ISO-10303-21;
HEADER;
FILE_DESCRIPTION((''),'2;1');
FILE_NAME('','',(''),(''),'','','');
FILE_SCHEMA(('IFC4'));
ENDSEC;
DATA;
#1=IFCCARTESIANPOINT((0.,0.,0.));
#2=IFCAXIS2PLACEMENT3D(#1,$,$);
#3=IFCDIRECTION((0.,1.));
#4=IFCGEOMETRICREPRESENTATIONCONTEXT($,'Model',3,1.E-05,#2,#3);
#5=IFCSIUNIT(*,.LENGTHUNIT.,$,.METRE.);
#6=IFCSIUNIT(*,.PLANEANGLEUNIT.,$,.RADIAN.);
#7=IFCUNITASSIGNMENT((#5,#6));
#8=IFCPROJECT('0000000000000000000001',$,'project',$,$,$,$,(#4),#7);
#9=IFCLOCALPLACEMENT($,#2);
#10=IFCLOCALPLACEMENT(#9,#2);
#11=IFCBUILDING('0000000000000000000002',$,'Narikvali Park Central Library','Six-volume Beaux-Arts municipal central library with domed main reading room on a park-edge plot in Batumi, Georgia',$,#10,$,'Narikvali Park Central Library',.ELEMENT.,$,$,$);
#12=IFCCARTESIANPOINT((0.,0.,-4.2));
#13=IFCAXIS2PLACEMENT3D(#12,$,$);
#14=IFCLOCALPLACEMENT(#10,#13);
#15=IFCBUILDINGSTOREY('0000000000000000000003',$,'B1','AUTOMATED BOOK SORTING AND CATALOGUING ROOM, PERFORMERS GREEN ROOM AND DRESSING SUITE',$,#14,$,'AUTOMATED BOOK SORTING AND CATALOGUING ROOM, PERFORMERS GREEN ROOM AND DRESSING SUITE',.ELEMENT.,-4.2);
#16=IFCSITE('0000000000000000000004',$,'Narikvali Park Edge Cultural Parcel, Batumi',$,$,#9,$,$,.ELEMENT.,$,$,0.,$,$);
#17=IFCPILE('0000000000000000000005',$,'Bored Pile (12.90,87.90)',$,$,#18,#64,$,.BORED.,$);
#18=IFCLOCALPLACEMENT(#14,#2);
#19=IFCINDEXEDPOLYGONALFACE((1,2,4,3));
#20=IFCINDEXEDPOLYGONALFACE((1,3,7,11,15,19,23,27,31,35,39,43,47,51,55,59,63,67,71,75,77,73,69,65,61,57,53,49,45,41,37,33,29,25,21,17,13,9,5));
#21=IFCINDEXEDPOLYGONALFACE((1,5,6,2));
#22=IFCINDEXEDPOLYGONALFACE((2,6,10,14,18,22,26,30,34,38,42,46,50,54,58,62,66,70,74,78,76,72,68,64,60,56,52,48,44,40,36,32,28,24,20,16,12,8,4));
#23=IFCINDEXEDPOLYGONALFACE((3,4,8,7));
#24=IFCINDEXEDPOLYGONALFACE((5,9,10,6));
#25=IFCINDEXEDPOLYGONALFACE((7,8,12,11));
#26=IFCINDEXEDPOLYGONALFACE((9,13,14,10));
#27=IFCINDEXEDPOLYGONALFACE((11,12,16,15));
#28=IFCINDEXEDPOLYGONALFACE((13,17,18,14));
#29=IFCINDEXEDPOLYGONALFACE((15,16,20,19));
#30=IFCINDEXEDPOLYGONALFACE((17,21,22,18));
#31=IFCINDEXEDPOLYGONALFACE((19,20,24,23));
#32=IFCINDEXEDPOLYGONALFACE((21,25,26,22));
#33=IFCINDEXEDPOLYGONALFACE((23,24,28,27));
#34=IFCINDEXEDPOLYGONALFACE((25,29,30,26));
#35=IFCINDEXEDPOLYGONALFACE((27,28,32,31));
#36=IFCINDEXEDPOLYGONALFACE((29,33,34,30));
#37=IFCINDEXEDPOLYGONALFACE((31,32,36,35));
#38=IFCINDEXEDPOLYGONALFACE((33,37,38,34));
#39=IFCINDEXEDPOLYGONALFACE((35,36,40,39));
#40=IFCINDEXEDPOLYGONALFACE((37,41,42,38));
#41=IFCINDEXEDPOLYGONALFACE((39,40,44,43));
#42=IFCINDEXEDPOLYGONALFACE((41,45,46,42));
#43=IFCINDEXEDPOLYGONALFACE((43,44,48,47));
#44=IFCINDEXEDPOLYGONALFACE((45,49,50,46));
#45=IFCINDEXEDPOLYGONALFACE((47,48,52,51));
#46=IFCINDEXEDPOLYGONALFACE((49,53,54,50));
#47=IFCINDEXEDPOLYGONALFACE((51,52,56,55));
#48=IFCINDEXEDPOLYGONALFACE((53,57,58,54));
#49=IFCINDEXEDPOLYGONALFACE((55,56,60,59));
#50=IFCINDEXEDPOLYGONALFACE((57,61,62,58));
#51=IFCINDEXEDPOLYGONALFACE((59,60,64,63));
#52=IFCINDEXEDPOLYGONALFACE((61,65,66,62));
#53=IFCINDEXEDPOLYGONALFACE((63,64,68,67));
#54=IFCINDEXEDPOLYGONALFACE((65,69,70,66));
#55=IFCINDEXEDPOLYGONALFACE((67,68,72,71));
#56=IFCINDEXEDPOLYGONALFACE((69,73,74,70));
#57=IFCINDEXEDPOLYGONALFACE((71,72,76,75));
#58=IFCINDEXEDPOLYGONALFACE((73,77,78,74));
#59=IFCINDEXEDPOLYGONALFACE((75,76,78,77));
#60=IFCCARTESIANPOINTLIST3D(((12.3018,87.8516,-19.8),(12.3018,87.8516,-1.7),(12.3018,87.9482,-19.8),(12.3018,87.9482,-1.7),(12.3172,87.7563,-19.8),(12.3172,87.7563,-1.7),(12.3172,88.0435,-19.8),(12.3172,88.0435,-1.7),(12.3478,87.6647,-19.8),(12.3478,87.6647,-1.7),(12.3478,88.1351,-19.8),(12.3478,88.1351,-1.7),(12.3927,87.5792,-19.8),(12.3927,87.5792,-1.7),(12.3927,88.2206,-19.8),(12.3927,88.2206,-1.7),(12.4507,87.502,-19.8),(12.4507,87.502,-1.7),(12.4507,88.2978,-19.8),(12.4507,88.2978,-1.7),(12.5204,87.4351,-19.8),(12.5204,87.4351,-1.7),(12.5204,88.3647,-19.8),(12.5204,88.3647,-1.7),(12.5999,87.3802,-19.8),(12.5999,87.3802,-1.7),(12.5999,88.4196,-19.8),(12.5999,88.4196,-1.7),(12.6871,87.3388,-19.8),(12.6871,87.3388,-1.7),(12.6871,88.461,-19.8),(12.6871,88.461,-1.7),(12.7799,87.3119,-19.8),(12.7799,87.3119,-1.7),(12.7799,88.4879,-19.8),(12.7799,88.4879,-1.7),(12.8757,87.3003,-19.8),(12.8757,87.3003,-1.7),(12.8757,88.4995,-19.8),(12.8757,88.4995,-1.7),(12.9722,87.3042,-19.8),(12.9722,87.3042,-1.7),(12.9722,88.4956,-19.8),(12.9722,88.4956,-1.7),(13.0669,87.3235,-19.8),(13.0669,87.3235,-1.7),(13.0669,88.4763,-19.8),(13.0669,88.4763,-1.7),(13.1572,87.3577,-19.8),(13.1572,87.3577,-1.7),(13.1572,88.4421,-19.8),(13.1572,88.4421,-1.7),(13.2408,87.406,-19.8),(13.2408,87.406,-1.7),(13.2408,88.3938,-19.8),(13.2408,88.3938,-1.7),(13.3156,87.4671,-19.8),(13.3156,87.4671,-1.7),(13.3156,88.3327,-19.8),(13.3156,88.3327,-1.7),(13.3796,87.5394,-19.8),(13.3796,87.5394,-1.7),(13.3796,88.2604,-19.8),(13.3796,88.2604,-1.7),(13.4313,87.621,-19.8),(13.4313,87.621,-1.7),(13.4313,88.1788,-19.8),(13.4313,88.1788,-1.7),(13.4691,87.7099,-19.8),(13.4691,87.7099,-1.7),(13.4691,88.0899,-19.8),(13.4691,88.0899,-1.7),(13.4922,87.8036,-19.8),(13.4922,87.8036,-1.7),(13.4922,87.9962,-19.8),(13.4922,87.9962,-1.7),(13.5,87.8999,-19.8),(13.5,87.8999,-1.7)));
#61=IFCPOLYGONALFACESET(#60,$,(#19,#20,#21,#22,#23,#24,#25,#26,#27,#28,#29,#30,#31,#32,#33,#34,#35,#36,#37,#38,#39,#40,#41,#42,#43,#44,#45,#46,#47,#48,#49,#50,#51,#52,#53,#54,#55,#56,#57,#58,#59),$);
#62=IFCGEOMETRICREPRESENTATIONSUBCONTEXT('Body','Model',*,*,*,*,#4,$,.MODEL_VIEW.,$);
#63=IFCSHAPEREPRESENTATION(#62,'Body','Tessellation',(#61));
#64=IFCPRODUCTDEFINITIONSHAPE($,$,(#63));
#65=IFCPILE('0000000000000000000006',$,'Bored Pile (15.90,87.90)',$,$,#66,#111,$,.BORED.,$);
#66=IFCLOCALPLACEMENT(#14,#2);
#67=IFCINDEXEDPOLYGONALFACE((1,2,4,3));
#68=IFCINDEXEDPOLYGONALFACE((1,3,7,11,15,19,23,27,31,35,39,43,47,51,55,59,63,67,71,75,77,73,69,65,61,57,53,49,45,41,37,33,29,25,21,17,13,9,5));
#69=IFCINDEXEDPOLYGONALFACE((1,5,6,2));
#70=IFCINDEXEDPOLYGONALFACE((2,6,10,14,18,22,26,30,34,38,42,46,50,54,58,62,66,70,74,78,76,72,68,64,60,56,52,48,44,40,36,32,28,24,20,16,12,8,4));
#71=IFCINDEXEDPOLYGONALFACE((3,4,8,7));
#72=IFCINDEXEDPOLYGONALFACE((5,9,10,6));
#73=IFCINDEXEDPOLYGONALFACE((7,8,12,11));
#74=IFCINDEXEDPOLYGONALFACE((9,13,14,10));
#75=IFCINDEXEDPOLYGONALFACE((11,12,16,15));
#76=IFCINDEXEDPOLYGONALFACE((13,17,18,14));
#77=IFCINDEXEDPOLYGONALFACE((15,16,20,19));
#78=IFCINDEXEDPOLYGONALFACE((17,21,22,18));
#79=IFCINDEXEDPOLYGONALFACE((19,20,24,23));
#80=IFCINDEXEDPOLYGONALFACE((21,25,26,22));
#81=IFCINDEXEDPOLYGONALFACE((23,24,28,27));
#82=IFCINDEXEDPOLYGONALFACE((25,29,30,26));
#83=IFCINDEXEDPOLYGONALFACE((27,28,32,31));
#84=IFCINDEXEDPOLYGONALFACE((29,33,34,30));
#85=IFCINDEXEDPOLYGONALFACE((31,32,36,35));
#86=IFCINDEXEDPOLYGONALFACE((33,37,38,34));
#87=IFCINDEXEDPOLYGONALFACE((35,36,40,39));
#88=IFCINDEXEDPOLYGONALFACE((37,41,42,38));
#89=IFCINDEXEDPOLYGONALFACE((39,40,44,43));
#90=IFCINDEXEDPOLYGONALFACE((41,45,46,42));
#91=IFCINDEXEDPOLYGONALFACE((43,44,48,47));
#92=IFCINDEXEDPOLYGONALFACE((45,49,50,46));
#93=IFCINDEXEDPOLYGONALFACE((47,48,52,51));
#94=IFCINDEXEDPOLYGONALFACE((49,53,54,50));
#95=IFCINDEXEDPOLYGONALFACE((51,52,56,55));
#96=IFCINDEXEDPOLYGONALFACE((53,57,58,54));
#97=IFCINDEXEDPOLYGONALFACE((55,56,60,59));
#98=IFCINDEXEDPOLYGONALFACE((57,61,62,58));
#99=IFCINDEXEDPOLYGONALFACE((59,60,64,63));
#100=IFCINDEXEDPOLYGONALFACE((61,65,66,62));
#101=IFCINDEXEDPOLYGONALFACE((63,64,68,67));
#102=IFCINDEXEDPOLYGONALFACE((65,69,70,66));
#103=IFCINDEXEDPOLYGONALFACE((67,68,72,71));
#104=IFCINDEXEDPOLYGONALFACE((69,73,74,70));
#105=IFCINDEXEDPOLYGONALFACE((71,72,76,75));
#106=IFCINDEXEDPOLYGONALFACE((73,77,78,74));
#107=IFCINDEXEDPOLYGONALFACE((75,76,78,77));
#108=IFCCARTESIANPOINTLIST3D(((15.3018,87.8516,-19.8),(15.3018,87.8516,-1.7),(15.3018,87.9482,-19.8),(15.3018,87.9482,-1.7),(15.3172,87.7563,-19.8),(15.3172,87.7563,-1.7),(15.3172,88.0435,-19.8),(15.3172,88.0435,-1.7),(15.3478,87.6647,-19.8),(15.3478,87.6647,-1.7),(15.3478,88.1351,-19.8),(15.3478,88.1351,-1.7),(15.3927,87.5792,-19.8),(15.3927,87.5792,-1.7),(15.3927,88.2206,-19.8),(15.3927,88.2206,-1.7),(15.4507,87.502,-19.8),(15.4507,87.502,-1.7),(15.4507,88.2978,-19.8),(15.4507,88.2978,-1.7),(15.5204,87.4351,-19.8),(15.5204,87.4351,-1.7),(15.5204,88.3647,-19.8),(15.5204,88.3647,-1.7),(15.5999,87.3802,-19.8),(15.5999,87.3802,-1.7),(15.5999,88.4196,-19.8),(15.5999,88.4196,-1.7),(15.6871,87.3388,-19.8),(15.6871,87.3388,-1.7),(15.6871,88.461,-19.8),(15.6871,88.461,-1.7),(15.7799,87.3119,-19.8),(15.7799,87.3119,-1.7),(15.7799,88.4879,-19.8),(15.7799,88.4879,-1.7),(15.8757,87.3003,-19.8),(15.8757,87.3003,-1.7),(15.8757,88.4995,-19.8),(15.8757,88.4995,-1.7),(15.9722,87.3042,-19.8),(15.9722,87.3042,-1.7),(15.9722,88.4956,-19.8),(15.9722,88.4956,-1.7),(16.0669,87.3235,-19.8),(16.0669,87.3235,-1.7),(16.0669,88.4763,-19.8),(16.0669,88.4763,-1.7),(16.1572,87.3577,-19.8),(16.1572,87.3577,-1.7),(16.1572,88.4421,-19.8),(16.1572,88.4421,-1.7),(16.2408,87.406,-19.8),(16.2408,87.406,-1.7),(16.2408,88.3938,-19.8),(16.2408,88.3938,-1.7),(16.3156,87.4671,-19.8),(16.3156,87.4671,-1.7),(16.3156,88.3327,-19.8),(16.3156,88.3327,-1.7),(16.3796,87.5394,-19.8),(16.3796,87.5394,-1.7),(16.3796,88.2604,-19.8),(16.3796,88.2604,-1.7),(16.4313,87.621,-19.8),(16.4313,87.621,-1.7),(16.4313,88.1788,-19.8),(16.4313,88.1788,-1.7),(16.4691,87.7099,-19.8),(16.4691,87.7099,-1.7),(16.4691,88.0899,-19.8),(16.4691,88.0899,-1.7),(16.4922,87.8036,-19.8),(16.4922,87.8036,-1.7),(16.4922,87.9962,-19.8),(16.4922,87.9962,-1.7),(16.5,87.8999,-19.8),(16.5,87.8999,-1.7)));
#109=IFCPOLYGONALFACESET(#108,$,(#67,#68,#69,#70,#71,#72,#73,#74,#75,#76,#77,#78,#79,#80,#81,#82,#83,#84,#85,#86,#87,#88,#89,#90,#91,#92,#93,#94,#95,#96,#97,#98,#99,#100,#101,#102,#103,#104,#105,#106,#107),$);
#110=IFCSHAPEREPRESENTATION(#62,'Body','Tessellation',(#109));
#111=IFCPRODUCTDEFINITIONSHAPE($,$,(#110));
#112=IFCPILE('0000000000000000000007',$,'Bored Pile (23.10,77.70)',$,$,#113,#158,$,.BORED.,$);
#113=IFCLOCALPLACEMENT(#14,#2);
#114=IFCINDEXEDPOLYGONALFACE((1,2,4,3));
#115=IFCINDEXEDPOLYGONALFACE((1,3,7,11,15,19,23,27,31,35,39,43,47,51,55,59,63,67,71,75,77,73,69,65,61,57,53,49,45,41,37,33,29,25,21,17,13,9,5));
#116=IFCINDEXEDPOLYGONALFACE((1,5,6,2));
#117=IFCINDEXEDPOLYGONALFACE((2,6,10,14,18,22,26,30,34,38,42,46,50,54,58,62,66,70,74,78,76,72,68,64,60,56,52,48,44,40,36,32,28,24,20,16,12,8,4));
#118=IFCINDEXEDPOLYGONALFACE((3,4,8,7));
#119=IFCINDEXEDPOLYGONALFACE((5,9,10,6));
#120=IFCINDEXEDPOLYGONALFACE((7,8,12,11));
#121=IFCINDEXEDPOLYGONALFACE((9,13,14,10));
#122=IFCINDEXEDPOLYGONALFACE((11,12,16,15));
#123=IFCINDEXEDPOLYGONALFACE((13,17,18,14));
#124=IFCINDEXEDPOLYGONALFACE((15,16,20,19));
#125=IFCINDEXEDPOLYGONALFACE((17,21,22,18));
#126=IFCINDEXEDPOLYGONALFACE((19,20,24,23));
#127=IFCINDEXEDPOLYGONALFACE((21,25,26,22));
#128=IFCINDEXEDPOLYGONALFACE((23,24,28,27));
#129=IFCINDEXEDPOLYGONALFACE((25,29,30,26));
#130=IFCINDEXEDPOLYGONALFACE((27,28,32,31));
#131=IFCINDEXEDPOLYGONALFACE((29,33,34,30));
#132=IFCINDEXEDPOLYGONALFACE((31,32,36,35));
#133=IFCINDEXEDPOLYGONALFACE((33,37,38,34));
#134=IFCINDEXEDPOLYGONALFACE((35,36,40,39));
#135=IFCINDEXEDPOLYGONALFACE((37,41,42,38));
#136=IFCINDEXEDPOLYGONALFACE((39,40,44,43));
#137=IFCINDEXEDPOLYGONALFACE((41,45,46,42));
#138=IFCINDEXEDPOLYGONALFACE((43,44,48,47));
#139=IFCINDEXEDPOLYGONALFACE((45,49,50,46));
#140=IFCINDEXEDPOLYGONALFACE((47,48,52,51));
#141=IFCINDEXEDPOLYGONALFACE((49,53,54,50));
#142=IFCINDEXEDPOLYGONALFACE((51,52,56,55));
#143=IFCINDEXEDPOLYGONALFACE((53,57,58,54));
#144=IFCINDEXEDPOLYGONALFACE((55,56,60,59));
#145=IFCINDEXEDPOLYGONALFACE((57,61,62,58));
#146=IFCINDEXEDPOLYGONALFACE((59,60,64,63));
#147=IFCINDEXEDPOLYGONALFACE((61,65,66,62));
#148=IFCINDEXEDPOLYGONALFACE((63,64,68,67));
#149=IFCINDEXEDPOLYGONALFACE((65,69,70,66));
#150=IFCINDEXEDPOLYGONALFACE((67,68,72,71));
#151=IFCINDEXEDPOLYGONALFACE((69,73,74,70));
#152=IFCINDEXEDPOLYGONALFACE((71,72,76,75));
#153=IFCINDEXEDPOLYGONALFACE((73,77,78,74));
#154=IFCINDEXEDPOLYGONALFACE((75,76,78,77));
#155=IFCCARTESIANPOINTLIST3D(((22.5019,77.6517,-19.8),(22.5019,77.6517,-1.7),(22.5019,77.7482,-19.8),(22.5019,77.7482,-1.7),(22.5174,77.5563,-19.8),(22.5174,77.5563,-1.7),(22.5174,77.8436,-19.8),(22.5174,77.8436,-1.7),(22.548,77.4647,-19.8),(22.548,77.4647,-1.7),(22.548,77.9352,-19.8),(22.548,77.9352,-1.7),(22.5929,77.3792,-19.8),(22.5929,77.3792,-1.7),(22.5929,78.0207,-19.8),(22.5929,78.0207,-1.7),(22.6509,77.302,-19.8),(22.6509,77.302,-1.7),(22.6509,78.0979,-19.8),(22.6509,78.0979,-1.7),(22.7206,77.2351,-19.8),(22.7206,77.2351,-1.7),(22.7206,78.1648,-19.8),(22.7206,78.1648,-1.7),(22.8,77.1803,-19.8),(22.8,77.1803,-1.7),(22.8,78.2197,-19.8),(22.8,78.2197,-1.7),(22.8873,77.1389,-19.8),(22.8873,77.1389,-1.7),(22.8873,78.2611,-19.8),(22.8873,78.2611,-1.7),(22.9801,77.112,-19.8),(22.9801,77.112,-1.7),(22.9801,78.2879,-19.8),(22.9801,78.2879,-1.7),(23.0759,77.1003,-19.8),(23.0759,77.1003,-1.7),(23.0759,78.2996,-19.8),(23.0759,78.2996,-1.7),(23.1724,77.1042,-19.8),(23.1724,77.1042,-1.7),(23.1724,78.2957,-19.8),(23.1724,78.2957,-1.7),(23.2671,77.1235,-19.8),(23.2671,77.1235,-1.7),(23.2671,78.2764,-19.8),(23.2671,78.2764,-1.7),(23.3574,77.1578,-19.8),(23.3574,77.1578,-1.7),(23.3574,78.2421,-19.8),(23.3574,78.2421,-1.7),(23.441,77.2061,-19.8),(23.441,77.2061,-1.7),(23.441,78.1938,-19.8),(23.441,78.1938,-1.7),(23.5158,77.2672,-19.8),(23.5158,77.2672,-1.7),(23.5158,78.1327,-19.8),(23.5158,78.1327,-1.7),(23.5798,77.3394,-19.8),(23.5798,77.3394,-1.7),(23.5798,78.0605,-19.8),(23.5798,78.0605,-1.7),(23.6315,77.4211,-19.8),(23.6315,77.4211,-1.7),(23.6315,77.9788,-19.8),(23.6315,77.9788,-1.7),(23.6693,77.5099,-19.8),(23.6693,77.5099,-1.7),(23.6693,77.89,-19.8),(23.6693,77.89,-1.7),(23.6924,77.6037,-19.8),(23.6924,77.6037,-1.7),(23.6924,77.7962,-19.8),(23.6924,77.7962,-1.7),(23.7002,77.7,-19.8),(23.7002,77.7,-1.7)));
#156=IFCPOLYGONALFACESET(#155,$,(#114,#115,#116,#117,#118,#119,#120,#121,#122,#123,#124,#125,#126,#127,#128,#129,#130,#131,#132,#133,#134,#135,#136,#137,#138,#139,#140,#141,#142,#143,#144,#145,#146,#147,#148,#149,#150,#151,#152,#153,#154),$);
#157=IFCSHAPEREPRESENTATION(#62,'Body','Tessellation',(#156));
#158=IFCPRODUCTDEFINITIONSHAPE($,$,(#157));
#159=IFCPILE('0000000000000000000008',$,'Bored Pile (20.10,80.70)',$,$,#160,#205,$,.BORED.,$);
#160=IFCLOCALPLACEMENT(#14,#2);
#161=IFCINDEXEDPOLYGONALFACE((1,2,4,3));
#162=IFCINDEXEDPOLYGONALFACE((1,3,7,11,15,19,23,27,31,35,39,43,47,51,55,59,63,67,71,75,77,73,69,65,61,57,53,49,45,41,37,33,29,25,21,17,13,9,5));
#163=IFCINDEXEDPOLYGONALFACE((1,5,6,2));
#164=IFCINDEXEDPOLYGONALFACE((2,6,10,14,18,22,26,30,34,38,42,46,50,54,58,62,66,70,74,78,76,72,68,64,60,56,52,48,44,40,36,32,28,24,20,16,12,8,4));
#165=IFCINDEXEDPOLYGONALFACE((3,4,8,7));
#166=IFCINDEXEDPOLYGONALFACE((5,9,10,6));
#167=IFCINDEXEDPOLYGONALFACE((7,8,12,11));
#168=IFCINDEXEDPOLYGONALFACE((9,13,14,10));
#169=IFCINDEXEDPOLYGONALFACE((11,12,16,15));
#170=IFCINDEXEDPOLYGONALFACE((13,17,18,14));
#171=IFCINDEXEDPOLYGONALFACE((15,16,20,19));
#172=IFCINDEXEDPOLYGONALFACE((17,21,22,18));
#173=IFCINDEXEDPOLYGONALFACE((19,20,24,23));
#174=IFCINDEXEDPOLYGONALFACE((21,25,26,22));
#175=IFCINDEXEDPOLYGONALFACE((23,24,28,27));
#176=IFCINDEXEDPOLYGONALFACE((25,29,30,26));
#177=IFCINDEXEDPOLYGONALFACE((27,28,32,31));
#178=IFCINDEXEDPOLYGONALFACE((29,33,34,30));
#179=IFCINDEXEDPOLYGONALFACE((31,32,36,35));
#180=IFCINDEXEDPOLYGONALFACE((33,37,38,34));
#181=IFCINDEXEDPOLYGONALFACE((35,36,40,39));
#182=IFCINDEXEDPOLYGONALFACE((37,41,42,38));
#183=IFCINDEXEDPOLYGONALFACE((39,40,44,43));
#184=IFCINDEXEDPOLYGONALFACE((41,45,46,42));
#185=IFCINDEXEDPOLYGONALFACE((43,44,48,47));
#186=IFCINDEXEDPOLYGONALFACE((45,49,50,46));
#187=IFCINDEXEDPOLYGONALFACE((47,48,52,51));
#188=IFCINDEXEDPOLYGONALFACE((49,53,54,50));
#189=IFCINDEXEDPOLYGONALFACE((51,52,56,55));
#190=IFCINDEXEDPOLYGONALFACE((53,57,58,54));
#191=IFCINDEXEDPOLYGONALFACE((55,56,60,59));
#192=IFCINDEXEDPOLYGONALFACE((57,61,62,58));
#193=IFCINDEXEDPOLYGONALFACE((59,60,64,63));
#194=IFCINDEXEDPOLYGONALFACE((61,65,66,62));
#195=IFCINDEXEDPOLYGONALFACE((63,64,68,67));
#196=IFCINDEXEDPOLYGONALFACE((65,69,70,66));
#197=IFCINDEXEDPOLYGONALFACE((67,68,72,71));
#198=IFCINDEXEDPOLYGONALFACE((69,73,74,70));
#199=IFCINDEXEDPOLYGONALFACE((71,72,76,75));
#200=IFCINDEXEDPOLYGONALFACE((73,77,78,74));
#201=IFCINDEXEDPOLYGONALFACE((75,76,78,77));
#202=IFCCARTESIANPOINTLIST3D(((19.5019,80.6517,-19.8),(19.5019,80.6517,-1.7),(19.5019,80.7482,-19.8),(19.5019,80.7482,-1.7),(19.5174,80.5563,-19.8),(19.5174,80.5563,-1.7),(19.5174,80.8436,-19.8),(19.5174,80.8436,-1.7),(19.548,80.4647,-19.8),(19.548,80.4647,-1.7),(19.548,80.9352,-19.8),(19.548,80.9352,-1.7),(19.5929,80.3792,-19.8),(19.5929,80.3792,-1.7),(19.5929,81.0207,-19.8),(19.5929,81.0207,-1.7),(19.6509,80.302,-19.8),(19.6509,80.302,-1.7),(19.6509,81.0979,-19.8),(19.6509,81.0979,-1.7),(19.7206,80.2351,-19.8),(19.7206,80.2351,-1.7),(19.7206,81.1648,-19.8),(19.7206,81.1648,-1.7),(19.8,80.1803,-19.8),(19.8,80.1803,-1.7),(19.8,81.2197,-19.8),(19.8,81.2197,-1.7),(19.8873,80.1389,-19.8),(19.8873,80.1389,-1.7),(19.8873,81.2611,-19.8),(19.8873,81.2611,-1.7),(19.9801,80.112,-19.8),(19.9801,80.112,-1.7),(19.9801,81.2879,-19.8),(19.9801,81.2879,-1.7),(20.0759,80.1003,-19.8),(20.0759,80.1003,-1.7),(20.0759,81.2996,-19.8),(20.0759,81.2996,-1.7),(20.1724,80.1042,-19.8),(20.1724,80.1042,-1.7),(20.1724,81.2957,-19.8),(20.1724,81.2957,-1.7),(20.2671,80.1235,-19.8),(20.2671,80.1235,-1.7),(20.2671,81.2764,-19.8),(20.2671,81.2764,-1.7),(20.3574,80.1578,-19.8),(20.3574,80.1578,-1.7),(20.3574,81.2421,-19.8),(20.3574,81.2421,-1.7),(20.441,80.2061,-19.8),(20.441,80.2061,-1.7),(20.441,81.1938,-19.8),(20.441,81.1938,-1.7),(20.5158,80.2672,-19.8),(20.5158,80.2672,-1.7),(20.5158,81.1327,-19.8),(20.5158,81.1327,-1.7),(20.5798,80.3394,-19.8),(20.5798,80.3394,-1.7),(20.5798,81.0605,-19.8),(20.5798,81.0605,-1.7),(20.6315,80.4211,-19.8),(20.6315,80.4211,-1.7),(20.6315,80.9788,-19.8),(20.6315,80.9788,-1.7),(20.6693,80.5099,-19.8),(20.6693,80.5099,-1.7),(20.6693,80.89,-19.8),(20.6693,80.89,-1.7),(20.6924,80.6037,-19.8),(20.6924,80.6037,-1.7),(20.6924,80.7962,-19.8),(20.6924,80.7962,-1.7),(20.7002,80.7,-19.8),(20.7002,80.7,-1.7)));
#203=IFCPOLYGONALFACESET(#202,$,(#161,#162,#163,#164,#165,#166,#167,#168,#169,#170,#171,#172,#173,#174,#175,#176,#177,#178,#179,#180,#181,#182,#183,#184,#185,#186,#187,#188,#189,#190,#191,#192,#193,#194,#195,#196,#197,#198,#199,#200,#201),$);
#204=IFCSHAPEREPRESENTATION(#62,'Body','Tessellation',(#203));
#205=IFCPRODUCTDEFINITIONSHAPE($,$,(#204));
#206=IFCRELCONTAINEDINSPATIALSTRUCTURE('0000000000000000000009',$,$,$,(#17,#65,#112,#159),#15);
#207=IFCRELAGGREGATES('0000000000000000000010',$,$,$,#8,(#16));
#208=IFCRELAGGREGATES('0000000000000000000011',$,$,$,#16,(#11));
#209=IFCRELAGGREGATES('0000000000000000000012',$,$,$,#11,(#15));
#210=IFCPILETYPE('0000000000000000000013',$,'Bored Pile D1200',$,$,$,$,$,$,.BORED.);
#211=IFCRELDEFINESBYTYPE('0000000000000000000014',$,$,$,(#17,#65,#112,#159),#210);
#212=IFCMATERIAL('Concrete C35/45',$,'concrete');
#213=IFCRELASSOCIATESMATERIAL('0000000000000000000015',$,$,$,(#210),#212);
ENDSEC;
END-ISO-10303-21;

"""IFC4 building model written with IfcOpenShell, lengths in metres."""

from ifc_helpers import new_model, si_unit, direction, frame, origin, origin_2d, place, context, subcontext, project, spatial, circle, extrude, material, material_profile, profile_set, type_object, element, save


model = new_model("IFC4")

# Units and contexts
model_context = context("Model", 3, precision=1e-05, world=origin(), true_north=direction((0.0, 1.0)))
body_context = subcontext(model_context, "Body", "Model", "MODEL_VIEW")
ifc_project = project(units=[si_unit("LENGTHUNIT", "METRE"), si_unit("PLANEANGLEUNIT", "RADIAN")], contexts=[model_context])

# Site, building, storey
site_placement = place(None, origin())
site = spatial("IfcSite", under=ifc_project, at=site_placement, Name="Narikvali Park Edge Cultural Parcel, Batumi", CompositionType="ELEMENT", RefElevation=0.0)
building_placement = place(site_placement, origin())
building = spatial("IfcBuilding", under=site, at=building_placement, Name="Narikvali Park Central Library", Description="Six-volume Beaux-Arts municipal central library with domed main reading room on a park-edge plot in Batumi, Georgia", LongName="Narikvali Park Central Library", CompositionType="ELEMENT")
storey_placement = place(building_placement, frame((0.0, 0.0, -4.2)))
storey = spatial("IfcBuildingStorey", under=building, at=storey_placement, Name="B1", Description="AUTOMATED BOOK SORTING AND CATALOGUING ROOM, PERFORMERS GREEN ROOM AND DRESSING SUITE", LongName="AUTOMATED BOOK SORTING AND CATALOGUING ROOM, PERFORMERS GREEN ROOM AND DRESSING SUITE", CompositionType="ELEMENT", Elevation=-4.2)

# Piles
ifc_material_1 = material(Name="Concrete C35/45", Category="concrete")
ifc_material_profile_1 = material_profile(ifc_material_1, circle(Radius=0.6001, at=origin_2d()), Name="PILE D1200")
ifc_profile_set_1 = profile_set([ifc_material_profile_1], Name="Concrete C35/45")
pile_type_1 = type_object("IfcPileType", Name="Bored Pile D1200", PredefinedType="BORED", material=ifc_profile_set_1)
for number, where, z_axis, x_axis, name in (
    (1, (12.8999, 87.8999, -1.7), (0.0, 0.0, -1.0), (1.0, 0.0, 0.0), "Bored Pile (12.90,87.90)"),
    (2, (15.8999, 87.8999, -1.7), (0.0, 0.0, -1.0), (1.0, 0.0, 0.0), "Bored Pile (15.90,87.90)"),
    (3, (23.1001, 77.7, -1.7), (0.0, 0.0, -1.0), (1.0, 0.0, 0.0), "Bored Pile (23.10,77.70)"),
    (4, (20.1001, 80.7, -1.7), (0.0, 0.0, -1.0), (1.0, 0.0, 0.0), "Bored Pile (20.10,80.70)"),
):
    element("IfcPile", number, at=place(storey_placement, frame(where, z_axis=z_axis, x_axis=x_axis)), inside=storey, type_object=pile_type_1, Name=name, PredefinedType="BORED", context=body_context, shape_type="SweptSolid", body=[
        extrude(circle(Radius=0.6001, at=origin_2d()), origin(), (0.0, 0.0, 1.0), 18.1001),
    ])

save(model, "model.ifc")
